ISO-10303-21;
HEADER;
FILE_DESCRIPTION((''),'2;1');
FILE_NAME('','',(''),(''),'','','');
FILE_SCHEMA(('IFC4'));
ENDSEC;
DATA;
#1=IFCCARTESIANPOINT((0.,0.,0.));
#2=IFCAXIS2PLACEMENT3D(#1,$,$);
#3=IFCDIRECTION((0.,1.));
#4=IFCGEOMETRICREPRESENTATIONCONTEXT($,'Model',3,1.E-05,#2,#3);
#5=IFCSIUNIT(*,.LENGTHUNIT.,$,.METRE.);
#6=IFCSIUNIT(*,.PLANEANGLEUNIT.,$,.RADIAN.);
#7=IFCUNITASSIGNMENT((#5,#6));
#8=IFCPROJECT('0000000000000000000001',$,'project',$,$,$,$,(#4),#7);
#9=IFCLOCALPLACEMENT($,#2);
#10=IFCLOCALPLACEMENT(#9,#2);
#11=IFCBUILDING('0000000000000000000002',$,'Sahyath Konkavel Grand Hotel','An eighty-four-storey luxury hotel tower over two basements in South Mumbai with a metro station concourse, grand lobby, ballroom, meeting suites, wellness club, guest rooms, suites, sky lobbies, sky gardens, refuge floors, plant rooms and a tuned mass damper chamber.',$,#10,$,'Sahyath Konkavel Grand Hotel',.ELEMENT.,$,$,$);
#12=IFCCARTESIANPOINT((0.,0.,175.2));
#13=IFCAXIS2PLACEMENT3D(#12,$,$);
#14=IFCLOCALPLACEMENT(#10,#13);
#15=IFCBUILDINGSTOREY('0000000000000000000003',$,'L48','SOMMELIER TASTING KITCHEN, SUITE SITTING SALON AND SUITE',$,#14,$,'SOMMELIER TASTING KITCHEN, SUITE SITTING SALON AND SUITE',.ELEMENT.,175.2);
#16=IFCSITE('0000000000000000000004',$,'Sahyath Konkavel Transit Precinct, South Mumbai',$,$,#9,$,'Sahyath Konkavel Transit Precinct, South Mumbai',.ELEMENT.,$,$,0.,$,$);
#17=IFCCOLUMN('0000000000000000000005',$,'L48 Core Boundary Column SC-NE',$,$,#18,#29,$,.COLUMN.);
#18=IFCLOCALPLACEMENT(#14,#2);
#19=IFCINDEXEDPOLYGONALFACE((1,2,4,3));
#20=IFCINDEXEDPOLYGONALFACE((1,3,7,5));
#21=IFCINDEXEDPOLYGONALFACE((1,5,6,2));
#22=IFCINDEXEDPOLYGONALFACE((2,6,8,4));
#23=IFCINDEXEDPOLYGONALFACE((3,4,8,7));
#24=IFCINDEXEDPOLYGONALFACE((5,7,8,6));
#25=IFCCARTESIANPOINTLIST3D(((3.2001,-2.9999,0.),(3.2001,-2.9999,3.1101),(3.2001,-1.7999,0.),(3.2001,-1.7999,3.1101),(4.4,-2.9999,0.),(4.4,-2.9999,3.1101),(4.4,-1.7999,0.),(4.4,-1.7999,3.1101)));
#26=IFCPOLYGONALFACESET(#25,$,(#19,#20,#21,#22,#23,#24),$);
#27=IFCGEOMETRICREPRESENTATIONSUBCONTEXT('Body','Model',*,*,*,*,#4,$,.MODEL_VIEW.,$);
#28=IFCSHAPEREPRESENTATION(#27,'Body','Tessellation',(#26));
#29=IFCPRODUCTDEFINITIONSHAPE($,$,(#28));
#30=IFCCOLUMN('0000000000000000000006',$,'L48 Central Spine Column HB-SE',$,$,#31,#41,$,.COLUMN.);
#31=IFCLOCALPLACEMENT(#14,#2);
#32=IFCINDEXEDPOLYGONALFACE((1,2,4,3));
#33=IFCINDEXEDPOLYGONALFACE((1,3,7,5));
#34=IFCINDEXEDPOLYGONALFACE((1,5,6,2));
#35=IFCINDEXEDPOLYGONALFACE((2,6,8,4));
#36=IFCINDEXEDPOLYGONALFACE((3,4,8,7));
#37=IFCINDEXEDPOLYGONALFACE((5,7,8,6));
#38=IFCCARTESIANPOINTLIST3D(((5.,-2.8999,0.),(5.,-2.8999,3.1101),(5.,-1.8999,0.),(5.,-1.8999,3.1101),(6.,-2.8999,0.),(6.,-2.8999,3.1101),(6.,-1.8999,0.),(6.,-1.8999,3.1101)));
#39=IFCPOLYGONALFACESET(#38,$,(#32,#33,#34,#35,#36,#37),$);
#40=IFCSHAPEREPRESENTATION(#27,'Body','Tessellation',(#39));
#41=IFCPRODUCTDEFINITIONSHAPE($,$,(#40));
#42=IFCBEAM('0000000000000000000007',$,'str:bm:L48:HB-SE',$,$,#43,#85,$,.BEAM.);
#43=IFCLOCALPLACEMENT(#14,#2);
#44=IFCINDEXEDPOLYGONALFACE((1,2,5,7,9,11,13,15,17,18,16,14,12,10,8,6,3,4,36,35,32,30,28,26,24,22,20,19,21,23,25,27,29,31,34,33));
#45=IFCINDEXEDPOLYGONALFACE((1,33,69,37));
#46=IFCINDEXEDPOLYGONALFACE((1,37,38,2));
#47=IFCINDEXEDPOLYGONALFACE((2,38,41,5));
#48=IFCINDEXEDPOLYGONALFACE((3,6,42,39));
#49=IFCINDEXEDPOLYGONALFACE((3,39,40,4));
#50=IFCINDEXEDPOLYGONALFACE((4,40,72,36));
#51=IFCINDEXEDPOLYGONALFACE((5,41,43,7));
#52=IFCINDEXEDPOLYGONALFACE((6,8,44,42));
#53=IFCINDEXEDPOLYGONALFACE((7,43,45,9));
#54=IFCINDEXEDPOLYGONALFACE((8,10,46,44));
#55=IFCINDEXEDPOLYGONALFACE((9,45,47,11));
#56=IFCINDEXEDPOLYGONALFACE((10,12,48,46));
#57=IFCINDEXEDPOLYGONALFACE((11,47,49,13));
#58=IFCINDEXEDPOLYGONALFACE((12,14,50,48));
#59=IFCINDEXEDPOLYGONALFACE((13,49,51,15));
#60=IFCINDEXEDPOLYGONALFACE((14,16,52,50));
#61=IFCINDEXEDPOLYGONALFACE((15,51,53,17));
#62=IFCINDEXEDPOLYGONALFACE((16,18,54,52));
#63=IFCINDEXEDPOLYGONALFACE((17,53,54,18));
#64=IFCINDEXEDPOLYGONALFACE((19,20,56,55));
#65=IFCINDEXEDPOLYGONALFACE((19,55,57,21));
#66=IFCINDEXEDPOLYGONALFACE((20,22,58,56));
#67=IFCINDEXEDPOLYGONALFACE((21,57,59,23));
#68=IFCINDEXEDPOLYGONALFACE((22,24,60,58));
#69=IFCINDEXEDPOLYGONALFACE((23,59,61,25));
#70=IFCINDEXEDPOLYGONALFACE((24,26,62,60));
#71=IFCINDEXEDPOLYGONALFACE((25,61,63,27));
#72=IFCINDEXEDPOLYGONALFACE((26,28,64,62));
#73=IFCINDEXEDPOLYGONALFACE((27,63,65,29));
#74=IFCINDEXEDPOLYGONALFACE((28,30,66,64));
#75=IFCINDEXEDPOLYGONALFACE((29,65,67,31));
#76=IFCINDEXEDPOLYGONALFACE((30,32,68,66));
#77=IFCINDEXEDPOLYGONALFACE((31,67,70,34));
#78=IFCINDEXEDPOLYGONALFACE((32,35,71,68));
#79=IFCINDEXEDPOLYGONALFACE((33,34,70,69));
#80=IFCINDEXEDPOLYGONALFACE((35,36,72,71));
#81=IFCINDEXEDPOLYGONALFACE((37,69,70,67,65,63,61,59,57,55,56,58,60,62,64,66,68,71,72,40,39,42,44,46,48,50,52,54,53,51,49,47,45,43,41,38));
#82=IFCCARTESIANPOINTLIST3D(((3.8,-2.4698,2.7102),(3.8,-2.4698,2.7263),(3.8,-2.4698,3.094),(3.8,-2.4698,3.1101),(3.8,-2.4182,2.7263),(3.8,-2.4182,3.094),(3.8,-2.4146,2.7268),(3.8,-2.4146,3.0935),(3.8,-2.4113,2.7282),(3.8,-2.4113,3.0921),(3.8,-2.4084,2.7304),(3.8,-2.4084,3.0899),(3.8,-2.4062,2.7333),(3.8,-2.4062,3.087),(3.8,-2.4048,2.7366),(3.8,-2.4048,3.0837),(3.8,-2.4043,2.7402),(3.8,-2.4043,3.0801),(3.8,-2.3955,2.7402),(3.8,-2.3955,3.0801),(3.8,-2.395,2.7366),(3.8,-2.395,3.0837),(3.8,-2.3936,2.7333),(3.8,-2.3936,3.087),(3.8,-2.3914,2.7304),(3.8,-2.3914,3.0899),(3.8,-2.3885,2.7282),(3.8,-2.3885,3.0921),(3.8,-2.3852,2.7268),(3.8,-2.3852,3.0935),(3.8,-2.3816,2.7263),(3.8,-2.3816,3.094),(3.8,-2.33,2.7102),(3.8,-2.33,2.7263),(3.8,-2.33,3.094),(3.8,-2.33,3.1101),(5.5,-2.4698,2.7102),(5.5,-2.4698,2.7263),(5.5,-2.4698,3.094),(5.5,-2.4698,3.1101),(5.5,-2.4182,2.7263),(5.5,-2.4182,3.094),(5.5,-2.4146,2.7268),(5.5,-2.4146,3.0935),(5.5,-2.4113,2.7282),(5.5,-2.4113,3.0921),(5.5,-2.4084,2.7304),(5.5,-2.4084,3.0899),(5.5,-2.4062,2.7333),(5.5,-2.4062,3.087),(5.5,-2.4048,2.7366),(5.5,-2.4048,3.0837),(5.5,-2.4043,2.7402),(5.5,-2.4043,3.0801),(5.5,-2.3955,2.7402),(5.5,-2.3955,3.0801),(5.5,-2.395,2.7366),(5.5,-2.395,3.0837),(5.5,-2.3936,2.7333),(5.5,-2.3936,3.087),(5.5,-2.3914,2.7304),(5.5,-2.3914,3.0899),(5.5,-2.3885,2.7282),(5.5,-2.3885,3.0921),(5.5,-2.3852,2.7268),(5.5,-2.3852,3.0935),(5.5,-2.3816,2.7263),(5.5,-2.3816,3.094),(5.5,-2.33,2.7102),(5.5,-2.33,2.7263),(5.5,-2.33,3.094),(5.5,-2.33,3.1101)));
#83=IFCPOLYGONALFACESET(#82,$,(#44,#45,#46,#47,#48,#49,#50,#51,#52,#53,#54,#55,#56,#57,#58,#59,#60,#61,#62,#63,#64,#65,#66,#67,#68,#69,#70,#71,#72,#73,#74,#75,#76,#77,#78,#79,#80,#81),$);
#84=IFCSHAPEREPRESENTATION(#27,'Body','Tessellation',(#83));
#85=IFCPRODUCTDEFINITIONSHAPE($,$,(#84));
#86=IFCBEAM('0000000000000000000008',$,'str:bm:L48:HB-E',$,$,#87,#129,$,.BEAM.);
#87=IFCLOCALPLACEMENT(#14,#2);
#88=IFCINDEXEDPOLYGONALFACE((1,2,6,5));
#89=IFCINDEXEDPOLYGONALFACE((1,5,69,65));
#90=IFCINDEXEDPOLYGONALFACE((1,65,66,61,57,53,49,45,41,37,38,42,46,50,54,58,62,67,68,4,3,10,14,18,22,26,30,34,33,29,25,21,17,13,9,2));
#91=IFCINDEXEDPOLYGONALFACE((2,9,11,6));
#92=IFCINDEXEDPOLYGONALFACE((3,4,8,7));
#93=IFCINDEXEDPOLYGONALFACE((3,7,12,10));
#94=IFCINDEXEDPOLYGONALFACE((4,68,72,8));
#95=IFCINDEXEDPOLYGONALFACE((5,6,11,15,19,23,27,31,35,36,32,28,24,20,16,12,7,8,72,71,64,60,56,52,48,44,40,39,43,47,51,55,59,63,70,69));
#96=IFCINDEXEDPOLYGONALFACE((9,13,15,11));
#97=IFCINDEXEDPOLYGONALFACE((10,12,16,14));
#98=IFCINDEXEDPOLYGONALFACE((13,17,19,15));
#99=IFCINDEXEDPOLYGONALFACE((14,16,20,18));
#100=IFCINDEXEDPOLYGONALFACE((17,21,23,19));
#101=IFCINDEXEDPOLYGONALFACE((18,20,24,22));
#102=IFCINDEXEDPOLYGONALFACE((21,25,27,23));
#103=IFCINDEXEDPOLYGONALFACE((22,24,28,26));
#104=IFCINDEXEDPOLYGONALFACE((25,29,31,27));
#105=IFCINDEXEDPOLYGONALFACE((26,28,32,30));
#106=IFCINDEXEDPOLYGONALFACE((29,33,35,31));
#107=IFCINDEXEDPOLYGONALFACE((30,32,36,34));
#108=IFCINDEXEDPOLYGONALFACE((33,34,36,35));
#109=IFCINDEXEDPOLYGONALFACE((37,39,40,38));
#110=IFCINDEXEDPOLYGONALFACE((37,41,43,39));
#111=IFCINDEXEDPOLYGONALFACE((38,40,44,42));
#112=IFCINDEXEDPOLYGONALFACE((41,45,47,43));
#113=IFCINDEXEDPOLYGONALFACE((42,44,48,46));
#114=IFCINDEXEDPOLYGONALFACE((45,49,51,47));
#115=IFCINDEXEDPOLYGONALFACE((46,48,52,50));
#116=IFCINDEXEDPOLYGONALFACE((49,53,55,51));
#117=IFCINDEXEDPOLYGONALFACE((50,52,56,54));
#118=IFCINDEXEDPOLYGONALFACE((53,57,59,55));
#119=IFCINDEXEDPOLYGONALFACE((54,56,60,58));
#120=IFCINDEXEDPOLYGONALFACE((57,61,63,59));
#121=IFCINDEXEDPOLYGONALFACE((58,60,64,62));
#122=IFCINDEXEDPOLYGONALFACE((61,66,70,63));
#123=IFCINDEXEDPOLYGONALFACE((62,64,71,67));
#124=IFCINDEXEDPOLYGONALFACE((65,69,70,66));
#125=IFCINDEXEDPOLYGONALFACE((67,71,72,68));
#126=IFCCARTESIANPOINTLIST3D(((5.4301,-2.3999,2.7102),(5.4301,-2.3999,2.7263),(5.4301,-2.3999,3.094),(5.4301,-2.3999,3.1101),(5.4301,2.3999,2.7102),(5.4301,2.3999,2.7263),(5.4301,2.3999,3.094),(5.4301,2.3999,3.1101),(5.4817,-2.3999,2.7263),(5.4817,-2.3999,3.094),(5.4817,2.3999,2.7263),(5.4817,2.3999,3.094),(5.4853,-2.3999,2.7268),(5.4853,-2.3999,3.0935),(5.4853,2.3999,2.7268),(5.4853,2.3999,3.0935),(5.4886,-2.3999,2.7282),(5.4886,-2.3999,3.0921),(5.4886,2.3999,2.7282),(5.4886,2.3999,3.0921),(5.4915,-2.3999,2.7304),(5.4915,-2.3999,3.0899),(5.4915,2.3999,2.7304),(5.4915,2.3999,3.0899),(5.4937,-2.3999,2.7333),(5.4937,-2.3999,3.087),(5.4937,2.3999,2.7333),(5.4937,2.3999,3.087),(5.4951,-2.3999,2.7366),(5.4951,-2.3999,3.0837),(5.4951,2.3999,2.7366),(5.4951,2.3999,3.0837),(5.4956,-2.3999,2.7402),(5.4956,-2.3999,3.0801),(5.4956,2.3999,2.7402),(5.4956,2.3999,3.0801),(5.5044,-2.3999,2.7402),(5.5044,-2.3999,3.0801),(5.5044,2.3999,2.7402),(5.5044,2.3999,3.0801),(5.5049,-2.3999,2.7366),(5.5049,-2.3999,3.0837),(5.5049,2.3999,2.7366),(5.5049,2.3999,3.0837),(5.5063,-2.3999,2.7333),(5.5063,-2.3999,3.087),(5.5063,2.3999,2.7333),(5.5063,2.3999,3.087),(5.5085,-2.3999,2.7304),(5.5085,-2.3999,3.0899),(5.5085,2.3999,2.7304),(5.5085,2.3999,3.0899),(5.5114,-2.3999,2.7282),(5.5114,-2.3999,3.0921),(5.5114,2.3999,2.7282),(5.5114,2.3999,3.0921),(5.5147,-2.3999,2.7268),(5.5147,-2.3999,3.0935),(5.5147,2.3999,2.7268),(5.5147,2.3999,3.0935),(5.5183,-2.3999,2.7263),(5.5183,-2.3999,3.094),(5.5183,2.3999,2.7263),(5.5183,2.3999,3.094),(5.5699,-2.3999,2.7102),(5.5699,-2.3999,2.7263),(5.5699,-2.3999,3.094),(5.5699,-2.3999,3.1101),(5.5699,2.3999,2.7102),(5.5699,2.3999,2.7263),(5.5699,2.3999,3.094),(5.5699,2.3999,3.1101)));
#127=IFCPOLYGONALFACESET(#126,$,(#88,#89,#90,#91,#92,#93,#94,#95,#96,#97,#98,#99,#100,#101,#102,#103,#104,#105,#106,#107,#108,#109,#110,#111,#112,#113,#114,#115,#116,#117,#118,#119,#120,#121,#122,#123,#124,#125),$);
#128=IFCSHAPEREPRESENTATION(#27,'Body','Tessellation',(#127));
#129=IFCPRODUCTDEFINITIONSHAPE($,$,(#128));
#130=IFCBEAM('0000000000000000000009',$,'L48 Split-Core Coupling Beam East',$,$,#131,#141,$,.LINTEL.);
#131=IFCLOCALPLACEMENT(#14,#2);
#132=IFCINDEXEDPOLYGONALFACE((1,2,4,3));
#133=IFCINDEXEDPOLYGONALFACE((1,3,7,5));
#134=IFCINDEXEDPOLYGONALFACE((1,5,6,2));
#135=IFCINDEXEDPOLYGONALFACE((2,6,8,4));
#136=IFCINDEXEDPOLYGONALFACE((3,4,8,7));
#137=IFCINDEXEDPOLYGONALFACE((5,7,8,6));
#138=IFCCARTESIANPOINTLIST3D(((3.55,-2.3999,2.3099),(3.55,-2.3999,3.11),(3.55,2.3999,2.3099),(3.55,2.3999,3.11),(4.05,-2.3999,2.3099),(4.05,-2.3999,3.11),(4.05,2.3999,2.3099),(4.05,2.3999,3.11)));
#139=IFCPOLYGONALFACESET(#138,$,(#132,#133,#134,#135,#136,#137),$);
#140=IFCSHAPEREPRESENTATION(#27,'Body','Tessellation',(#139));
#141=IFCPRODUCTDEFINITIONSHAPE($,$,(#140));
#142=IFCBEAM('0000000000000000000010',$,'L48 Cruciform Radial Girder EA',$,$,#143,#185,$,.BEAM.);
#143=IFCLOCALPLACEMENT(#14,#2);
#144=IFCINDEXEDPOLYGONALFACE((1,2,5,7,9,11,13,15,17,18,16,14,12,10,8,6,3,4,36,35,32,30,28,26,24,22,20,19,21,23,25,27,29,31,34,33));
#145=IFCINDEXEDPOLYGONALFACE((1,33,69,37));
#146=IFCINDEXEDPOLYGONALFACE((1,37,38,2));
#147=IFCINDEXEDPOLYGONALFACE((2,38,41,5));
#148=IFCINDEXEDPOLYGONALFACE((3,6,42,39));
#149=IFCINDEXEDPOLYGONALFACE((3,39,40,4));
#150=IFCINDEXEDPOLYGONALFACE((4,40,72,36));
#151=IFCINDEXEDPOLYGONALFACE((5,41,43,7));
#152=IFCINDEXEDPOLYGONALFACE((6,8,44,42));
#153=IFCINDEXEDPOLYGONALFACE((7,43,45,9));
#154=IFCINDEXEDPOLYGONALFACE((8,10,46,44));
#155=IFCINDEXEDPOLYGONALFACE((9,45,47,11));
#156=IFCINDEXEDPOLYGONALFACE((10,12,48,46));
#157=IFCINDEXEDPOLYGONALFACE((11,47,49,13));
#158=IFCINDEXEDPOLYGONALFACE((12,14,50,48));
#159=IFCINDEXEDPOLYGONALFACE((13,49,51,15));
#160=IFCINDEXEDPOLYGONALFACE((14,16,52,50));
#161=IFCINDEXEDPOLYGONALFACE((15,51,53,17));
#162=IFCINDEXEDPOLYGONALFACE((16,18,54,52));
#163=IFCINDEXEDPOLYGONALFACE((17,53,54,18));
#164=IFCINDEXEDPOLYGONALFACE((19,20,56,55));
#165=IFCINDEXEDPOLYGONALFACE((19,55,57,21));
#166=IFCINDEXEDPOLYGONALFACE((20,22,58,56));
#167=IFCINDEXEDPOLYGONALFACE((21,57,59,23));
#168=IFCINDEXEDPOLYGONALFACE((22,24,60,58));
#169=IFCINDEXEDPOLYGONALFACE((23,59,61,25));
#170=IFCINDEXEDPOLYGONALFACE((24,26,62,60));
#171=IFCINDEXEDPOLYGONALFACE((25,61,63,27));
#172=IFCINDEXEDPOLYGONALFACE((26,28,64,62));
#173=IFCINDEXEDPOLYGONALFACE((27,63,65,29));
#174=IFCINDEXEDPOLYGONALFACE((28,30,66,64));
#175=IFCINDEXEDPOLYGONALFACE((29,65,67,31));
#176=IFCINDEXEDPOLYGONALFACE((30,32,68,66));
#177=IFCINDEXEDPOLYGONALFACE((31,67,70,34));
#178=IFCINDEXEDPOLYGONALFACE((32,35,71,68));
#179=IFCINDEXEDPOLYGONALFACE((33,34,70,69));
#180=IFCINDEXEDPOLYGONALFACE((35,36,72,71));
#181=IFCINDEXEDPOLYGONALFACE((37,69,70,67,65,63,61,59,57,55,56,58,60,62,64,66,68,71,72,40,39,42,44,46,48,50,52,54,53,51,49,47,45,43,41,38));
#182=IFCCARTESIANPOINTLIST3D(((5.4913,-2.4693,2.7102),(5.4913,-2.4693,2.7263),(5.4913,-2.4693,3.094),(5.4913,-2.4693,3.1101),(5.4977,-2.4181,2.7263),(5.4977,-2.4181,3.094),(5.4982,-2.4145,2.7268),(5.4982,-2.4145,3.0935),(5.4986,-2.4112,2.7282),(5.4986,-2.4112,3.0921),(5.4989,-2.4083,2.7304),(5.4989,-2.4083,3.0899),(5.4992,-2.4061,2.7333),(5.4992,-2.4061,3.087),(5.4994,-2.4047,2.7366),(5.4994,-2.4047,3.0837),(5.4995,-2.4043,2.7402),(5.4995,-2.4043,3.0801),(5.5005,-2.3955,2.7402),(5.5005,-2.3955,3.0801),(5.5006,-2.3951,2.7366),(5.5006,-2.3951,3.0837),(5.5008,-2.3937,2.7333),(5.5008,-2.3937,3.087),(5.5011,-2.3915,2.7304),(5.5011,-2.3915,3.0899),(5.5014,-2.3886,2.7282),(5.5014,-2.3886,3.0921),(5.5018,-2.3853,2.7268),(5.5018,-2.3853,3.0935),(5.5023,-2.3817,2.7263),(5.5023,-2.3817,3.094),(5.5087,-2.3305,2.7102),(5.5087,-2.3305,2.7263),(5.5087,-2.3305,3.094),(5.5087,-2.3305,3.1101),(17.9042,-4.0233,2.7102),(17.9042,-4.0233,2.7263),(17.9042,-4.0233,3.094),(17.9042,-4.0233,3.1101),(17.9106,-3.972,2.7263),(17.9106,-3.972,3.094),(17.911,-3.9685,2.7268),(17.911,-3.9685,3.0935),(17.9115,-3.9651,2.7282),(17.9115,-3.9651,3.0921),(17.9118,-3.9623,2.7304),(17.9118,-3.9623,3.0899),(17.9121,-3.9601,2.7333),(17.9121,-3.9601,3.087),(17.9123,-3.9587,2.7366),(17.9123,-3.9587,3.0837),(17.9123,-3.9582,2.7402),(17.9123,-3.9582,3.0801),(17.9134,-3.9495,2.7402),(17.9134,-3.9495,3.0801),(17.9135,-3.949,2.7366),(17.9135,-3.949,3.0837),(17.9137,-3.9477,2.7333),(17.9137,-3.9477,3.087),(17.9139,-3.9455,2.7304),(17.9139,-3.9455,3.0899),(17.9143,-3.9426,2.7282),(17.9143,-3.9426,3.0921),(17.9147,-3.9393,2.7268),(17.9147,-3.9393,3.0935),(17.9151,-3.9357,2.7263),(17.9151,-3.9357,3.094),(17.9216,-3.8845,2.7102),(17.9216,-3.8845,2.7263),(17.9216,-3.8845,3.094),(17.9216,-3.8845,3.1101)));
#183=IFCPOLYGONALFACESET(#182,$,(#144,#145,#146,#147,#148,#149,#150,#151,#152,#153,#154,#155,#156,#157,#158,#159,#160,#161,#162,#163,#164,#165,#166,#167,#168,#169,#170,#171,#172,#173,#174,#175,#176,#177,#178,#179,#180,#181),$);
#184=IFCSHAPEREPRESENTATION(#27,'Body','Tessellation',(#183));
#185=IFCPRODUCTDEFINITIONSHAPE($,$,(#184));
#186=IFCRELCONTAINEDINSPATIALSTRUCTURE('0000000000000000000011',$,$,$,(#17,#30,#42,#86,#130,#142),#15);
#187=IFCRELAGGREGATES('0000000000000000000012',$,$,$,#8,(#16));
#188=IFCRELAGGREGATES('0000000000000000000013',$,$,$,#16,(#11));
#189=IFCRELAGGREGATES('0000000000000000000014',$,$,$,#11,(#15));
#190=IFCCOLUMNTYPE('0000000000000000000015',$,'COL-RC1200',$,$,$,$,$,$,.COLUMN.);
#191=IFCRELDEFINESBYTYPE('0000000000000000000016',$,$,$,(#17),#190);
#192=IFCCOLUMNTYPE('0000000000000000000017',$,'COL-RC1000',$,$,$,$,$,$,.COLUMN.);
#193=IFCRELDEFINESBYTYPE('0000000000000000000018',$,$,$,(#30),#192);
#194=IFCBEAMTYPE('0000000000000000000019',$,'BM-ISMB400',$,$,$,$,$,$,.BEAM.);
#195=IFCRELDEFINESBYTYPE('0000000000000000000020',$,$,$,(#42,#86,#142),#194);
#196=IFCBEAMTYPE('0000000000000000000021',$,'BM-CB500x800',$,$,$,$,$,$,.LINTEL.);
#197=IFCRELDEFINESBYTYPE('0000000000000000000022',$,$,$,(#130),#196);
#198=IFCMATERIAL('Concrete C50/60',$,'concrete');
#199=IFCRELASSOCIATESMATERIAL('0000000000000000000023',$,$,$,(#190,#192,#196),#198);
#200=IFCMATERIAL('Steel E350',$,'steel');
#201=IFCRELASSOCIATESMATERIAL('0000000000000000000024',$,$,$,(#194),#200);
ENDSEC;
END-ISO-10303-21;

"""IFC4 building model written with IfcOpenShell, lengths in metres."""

from ifc_helpers import new_model, si_unit, direction, frame, origin, origin_2d, place, context, subcontext, project, spatial, rectangle, i_section, extrude, source, transform, mapped, material, material_profile, profile_set, type_object, element, save


model = new_model("IFC4")

# Units and contexts
model_context = context("Model", 3, precision=1e-05, world=origin(), true_north=direction((0.0, 1.0)))
body_context = subcontext(model_context, "Body", "Model", "MODEL_VIEW")
ifc_project = project(units=[si_unit("LENGTHUNIT", "METRE"), si_unit("PLANEANGLEUNIT", "RADIAN")], contexts=[model_context])

# Site, building, storey
site_placement = place(None, origin())
site = spatial("IfcSite", under=ifc_project, at=site_placement, Name="Sahyath Konkavel Transit Precinct, South Mumbai", LongName="Sahyath Konkavel Transit Precinct, South Mumbai", CompositionType="ELEMENT", RefElevation=0.0)
building_placement = place(site_placement, origin())
building = spatial("IfcBuilding", under=site, at=building_placement, Name="Sahyath Konkavel Grand Hotel", Description="An eighty-four-storey luxury hotel tower over two basements in South Mumbai with a metro station concourse, grand lobby, ballroom, meeting suites, wellness club, guest rooms, suites, sky lobbies, sky gardens, refuge floors, plant rooms and a tuned mass damper chamber.", LongName="Sahyath Konkavel Grand Hotel", CompositionType="ELEMENT")
storey_placement = place(building_placement, frame((0.0, 0.0, 175.2)))
storey = spatial("IfcBuildingStorey", under=building, at=storey_placement, Name="L48", Description="SOMMELIER TASTING KITCHEN, SUITE SITTING SALON AND SUITE", LongName="SOMMELIER TASTING KITCHEN, SUITE SITTING SALON AND SUITE", CompositionType="ELEMENT", Elevation=175.2)

# Columns
ifc_material_1 = material(Name="Concrete C50/60", Category="concrete")
ifc_material_profile_1 = material_profile(ifc_material_1, rectangle(XDim=1.2, YDim=1.2, at=origin_2d()), Name="RC 1200x1200")
ifc_profile_set_1 = profile_set([ifc_material_profile_1], Name="Concrete C50/60")
column_type_1 = type_object("IfcColumnType", Name="COL-RC1200", PredefinedType="COLUMN", material=ifc_profile_set_1)
shared_shape_1 = source(origin(), body_context, "Body", "SweptSolid", [
    extrude(rectangle(XDim=1.2, YDim=1.2, at=origin_2d()), origin(), (0.0, 0.0, 1.0), 3.1101),
])
column_1_placement = place(storey_placement, frame((3.8, -2.3999, 0.0), z_axis=(0.0, 0.0, 1.0), x_axis=(1.0, 0.0, 0.0)))
element("IfcColumn", 1, at=column_1_placement, inside=storey, type_object=column_type_1, Name="L48 Core Boundary Column SC-NE", PredefinedType="COLUMN", context=body_context, shape_type="MappedRepresentation", body=[
    mapped(shared_shape_1, transform((0.0, 0.0, 0.0), scale=1.0)),
])
ifc_material_profile_2 = material_profile(ifc_material_1, rectangle(XDim=1.0, YDim=1.0, at=origin_2d()), Name="RC 1000x1000")
ifc_profile_set_2 = profile_set([ifc_material_profile_2], Name="Concrete C50/60")
column_type_2 = type_object("IfcColumnType", Name="COL-RC1000", PredefinedType="COLUMN", material=ifc_profile_set_2)
shared_shape_2 = source(origin(), body_context, "Body", "SweptSolid", [
    extrude(rectangle(XDim=1.0, YDim=1.0, at=origin_2d()), origin(), (0.0, 0.0, 1.0), 3.1101),
])
column_2_placement = place(storey_placement, frame((5.5, -2.3999, 0.0), z_axis=(0.0, 0.0, 1.0), x_axis=(1.0, 0.0, 0.0)))
element("IfcColumn", 2, at=column_2_placement, inside=storey, type_object=column_type_2, Name="L48 Central Spine Column HB-SE", PredefinedType="COLUMN", context=body_context, shape_type="MappedRepresentation", body=[
    mapped(shared_shape_2, transform((0.0, 0.0, 0.0), scale=1.0)),
])

# Beams
ifc_material_2 = material(Name="Steel E350", Category="steel")
ifc_material_profile_3 = material_profile(ifc_material_2, i_section(OverallWidth=0.1399, OverallDepth=0.3999, WebThickness=0.0088, FlangeThickness=0.0161, FilletRadius=0.0139, at=origin_2d()), Name="ISMB 400")
ifc_profile_set_3 = profile_set([ifc_material_profile_3], Name="Steel E350")
beam_type_1 = type_object("IfcBeamType", Name="BM-ISMB400", PredefinedType="BEAM", material=ifc_profile_set_3)
shared_shape_3 = source(origin(), body_context, "Body", "SweptSolid", [
    extrude(i_section(OverallWidth=0.1399, OverallDepth=0.3999, WebThickness=0.0088, FlangeThickness=0.0161, FilletRadius=0.0139, at=origin_2d()), origin(), (0.0, 0.0, 1.0), 1.7),
])
beam_1_placement = place(storey_placement, frame((3.8, -2.3999, 2.9102), z_axis=(1.0, 0.0, 0.0), x_axis=(0.0, 1.0, 0.0)))
element("IfcBeam", 3, at=beam_1_placement, inside=storey, type_object=beam_type_1, Name="str:bm:L48:HB-SE", PredefinedType="BEAM", context=body_context, shape_type="MappedRepresentation", body=[
    mapped(shared_shape_3, transform((0.0, 0.0, 0.0), scale=1.0)),
])
shared_shape_4 = source(origin(), body_context, "Body", "SweptSolid", [
    extrude(i_section(OverallWidth=0.1399, OverallDepth=0.3999, WebThickness=0.0088, FlangeThickness=0.0161, FilletRadius=0.0139, at=origin_2d()), origin(), (0.0, 0.0, 1.0), 4.7998),
])
beam_2_placement = place(storey_placement, frame((5.5, -2.3999, 2.9102), z_axis=(0.0, 1.0, 0.0), x_axis=(-1.0, 0.0, 0.0)))
element("IfcBeam", 4, at=beam_2_placement, inside=storey, type_object=beam_type_1, Name="str:bm:L48:HB-E", PredefinedType="BEAM", context=body_context, shape_type="MappedRepresentation", body=[
    mapped(shared_shape_4, transform((0.0, 0.0, 0.0), scale=1.0)),
])
ifc_material_profile_4 = material_profile(ifc_material_1, rectangle(XDim=0.5, YDim=0.8, at=origin_2d()), Name="RC 500x800")
ifc_profile_set_4 = profile_set([ifc_material_profile_4], Name="Concrete C50/60")
beam_type_2 = type_object("IfcBeamType", Name="BM-CB500x800", PredefinedType="LINTEL", material=ifc_profile_set_4)
shared_shape_5 = source(origin(), body_context, "Body", "SweptSolid", [
    extrude(rectangle(XDim=0.5, YDim=0.8, at=origin_2d()), origin(), (0.0, 0.0, 1.0), 4.7998),
])
beam_3_placement = place(storey_placement, frame((3.8, -2.3999, 2.71), z_axis=(0.0, 1.0, 0.0), x_axis=(-1.0, 0.0, 0.0)))
element("IfcBeam", 5, at=beam_3_placement, inside=storey, type_object=beam_type_2, Name="L48 Split-Core Coupling Beam East", PredefinedType="LINTEL", context=body_context, shape_type="MappedRepresentation", body=[
    mapped(shared_shape_5, transform((0.0, 0.0, 0.0), scale=1.0)),
])
shared_shape_6 = source(origin(), body_context, "Body", "SweptSolid", [
    extrude(i_section(OverallWidth=0.1399, OverallDepth=0.3999, WebThickness=0.0088, FlangeThickness=0.0161, FilletRadius=0.0139, at=origin_2d()), origin(), (0.0, 0.0, 1.0), 12.5098),
])
beam_4_placement = place(storey_placement, frame((5.5, -2.3999, 2.9102), z_axis=(0.992255, -0.12422, 0.0), x_axis=(0.12422, 0.992255, 0.0)))
element("IfcBeam", 6, at=beam_4_placement, inside=storey, type_object=beam_type_1, Name="L48 Cruciform Radial Girder EA", PredefinedType="BEAM", context=body_context, shape_type="MappedRepresentation", body=[
    mapped(shared_shape_6, transform((0.0, 0.0, 0.0), scale=1.0)),
])

save(model, "model.ifc")
